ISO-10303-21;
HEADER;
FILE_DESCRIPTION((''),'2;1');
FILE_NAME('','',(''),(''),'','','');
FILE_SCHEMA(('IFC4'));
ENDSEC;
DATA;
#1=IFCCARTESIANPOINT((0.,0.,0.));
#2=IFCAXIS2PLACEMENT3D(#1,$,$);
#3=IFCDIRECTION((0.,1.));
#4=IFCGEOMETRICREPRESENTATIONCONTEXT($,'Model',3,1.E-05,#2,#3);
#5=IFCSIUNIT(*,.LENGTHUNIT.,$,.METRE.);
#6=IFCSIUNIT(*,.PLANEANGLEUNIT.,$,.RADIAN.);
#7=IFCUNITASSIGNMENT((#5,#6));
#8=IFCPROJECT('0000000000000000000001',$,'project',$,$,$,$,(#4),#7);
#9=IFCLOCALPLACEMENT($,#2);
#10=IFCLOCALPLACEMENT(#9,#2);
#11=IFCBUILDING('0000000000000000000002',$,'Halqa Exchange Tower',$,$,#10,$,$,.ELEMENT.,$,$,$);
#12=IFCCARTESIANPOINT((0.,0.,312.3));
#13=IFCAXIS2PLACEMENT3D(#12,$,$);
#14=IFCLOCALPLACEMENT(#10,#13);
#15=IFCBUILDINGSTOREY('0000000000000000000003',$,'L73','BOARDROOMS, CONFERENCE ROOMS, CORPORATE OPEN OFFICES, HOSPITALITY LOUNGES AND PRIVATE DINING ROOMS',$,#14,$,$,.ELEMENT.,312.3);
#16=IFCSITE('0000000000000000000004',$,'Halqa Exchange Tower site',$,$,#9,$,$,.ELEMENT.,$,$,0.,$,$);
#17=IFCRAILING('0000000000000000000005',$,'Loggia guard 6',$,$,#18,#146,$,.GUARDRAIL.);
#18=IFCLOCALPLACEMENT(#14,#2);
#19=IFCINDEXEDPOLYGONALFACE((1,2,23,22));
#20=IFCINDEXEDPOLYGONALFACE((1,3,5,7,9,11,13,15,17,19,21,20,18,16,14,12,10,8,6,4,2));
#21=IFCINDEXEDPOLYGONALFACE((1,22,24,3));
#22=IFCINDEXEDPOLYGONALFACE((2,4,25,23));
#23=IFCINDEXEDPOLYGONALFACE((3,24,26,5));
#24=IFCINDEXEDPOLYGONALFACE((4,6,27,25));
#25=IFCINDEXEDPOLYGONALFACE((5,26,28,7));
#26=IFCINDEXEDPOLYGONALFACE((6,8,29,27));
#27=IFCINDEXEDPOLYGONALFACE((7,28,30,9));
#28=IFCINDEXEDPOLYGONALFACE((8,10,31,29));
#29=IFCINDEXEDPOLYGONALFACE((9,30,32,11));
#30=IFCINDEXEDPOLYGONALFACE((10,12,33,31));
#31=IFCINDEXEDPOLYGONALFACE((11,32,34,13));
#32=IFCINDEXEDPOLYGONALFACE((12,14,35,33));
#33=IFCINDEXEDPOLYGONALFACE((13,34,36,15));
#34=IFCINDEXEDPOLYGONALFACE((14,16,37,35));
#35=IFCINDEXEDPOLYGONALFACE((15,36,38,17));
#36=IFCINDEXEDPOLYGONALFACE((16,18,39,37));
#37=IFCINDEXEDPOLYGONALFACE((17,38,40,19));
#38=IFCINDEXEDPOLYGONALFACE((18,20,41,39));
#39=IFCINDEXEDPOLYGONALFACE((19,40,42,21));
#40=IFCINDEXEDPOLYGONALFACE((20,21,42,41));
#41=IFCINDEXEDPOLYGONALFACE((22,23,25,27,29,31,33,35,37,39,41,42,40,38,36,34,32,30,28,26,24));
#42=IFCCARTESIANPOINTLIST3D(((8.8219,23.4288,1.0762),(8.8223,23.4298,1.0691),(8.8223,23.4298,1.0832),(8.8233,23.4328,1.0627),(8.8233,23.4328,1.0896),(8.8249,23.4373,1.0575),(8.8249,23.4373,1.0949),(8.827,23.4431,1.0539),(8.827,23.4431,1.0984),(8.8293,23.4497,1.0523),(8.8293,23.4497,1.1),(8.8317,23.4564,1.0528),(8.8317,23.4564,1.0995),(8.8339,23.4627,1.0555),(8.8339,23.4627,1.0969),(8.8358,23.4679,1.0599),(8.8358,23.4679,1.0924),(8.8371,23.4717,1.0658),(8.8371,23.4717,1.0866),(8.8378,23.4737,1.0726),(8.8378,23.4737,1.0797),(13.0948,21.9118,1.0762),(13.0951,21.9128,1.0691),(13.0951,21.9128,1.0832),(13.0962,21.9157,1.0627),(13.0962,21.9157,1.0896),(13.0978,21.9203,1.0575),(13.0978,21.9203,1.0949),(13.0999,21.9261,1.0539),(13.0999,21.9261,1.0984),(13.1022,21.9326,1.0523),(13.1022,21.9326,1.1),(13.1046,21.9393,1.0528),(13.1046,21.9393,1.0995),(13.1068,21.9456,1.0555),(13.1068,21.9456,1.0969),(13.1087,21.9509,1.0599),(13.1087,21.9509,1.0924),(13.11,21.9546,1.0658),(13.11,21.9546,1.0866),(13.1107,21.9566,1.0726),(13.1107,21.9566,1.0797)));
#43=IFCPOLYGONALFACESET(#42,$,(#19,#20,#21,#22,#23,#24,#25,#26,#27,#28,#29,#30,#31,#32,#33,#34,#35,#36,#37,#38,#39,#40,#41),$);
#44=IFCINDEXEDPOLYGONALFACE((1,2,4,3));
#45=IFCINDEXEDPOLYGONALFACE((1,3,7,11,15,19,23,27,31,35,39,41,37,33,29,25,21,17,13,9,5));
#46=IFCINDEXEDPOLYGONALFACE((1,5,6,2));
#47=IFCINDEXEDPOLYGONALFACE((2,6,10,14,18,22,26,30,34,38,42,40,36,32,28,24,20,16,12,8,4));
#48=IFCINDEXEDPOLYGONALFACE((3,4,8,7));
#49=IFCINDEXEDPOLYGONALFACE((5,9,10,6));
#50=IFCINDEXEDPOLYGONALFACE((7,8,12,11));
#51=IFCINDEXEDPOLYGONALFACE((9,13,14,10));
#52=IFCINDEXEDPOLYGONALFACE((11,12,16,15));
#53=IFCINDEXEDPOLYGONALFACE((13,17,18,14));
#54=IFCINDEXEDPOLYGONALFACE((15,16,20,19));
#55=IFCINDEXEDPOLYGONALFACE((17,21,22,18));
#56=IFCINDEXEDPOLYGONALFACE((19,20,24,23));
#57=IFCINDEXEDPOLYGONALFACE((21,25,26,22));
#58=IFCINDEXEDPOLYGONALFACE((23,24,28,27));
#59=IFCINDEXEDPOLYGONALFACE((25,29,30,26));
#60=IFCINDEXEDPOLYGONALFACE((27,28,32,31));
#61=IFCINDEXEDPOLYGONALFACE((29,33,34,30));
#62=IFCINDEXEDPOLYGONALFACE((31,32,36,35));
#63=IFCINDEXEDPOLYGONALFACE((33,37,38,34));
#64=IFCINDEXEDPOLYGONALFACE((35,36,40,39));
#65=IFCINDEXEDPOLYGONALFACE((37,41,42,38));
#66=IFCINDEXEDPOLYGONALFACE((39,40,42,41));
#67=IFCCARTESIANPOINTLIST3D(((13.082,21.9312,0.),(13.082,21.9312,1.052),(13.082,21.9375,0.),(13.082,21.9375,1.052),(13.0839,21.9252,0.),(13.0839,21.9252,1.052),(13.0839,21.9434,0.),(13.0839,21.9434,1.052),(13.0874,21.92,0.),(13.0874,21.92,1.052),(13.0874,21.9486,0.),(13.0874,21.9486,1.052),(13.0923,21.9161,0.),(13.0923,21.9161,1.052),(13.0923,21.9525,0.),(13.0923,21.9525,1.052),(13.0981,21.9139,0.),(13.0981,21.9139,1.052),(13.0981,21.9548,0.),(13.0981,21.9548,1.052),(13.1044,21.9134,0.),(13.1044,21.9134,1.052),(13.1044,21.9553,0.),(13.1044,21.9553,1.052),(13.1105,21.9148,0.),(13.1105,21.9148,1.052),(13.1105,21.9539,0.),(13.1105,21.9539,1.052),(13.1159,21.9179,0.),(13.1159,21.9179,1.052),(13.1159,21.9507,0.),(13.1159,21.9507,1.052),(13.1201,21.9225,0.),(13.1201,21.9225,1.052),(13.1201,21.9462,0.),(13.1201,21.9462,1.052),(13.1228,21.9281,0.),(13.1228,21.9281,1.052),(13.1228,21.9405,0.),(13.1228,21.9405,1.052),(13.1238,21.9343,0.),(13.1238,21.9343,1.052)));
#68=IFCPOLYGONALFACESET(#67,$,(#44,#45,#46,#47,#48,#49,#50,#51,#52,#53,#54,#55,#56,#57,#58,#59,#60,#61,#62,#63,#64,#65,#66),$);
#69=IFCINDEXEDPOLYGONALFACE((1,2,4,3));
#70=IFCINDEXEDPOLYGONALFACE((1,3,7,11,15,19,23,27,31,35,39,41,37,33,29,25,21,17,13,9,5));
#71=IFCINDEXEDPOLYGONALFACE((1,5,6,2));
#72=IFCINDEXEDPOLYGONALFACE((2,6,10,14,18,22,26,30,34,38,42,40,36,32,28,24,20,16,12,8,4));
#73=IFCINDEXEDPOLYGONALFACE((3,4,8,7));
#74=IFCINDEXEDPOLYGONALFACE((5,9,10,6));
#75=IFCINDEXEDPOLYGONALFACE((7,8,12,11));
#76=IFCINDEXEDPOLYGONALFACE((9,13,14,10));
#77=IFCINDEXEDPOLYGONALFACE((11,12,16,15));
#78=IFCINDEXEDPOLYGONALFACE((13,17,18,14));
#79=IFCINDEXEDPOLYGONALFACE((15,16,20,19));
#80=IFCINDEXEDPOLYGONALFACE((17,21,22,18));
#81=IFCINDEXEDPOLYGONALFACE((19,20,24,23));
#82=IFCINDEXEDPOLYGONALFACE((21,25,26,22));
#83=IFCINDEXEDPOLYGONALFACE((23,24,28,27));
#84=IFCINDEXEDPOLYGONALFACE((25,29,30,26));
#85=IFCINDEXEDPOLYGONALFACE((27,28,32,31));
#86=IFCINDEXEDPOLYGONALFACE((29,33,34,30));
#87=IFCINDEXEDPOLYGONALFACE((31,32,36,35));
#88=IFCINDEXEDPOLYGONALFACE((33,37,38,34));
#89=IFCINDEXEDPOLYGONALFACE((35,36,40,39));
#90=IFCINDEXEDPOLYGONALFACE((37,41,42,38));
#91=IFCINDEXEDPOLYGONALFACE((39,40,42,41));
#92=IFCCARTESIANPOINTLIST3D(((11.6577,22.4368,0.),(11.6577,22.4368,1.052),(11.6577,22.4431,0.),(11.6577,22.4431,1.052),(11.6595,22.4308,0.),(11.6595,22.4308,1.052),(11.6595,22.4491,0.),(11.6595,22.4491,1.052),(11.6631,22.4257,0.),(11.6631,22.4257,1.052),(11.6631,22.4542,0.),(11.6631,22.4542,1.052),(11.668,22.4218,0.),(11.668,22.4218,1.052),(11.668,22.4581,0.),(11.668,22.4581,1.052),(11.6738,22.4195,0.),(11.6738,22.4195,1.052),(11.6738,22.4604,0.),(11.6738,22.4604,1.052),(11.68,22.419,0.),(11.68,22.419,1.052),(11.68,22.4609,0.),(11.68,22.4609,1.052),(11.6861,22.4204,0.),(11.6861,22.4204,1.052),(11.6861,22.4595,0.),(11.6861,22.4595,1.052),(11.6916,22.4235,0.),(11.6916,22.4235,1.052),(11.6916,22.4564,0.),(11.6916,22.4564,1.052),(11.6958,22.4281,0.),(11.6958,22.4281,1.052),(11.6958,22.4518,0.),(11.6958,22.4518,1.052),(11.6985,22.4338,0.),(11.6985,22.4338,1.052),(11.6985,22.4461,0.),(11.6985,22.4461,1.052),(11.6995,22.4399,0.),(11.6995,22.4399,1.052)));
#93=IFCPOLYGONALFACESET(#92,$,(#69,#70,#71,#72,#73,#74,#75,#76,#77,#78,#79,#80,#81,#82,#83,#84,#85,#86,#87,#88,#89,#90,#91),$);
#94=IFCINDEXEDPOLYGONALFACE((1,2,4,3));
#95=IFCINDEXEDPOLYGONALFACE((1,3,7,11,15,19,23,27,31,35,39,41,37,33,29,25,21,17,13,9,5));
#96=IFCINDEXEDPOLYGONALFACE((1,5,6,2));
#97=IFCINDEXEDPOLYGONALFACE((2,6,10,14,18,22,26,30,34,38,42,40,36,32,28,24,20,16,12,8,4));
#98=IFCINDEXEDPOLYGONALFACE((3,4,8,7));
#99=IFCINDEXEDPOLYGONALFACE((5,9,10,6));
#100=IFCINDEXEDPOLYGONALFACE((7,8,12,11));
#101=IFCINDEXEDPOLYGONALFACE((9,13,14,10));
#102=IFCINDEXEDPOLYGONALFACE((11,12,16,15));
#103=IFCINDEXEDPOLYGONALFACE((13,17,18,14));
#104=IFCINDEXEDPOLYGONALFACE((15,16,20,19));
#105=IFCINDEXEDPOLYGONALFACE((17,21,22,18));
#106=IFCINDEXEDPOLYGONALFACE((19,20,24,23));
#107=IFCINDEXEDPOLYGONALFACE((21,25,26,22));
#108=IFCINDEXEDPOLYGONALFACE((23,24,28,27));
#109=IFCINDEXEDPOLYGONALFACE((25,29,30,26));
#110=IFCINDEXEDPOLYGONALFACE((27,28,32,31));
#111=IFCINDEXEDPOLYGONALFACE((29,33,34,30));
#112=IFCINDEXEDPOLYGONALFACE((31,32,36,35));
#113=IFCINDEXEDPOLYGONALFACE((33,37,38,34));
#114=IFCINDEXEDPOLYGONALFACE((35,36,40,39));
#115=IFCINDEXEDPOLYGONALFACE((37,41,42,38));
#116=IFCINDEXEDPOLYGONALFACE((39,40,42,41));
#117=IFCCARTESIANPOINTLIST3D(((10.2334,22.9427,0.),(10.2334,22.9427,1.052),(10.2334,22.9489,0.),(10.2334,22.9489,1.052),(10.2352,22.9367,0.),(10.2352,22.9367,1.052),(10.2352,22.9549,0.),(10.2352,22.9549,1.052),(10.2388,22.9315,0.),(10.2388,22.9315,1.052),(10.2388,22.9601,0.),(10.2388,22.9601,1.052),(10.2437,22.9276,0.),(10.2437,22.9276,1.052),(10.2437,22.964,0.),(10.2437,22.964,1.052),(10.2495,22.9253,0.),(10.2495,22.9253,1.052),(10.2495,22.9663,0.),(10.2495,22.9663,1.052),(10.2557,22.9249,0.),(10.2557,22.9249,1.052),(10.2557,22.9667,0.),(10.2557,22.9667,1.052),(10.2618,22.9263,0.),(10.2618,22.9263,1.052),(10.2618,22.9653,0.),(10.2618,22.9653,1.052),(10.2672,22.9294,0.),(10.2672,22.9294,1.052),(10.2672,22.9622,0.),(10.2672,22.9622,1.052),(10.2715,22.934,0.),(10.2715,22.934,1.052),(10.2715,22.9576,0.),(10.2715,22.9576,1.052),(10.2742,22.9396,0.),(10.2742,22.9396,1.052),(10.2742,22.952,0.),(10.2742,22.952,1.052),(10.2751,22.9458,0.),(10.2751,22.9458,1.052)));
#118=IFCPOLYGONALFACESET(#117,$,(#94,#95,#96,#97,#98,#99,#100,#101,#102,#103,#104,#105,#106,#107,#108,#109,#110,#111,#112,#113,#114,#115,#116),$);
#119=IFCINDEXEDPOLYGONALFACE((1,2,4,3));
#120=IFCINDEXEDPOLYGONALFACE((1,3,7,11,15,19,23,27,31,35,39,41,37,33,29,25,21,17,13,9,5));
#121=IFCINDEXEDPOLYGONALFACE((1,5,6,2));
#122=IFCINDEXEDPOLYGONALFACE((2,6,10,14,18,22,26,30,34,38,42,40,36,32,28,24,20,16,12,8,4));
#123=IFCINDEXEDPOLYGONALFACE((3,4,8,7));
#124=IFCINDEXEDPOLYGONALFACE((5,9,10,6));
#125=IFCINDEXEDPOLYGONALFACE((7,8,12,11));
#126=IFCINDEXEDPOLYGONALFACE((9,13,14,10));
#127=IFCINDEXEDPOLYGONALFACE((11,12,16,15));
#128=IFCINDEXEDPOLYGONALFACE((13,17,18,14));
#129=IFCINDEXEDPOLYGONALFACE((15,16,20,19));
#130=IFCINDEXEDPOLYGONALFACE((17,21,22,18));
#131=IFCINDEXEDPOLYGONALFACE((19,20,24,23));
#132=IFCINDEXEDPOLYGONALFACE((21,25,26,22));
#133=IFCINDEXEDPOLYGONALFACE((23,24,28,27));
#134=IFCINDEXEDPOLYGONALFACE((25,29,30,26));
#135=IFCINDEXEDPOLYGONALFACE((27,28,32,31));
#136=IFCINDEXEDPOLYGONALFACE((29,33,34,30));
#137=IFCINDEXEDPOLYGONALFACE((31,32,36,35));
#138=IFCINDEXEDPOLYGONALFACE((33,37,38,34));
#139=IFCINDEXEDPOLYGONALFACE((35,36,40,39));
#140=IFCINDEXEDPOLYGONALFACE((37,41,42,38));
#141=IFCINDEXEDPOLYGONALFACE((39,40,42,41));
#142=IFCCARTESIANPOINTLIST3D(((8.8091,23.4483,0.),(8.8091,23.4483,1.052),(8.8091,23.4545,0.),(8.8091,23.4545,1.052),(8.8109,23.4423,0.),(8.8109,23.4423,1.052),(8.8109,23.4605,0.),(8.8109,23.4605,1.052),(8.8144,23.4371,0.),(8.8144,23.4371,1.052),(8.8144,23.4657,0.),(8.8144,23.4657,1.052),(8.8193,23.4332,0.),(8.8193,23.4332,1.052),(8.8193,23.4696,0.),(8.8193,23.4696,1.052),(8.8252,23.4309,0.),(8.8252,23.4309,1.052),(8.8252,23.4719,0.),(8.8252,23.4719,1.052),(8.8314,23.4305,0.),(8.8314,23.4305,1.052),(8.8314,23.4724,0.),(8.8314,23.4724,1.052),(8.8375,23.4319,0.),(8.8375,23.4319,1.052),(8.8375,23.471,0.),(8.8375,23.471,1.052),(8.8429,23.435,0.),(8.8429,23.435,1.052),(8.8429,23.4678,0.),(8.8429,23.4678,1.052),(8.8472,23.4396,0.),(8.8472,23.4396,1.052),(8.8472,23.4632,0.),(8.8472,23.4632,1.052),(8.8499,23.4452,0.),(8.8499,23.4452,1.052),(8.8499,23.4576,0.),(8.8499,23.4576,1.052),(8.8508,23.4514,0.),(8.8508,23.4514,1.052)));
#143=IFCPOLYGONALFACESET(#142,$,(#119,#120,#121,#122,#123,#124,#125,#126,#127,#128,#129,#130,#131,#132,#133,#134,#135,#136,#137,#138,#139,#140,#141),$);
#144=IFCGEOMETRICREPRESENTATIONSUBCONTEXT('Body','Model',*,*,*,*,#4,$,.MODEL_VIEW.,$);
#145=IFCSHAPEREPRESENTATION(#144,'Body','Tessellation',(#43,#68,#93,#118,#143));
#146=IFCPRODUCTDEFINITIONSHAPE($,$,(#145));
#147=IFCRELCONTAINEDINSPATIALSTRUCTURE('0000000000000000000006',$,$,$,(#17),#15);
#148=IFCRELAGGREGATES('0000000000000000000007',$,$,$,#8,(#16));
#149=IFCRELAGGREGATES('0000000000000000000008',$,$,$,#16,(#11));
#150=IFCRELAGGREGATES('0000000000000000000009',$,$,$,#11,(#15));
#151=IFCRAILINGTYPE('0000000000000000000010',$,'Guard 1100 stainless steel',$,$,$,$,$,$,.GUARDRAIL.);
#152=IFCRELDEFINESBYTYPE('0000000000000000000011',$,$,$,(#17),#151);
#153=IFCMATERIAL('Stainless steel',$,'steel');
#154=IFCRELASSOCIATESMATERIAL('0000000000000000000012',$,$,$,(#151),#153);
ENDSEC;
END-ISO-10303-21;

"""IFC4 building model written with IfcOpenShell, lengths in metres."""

from ifc_helpers import new_model, si_unit, direction, frame, origin, origin_2d, place, context, subcontext, project, spatial, circle, extrude, material, type_object, element, save


model = new_model("IFC4")

# Units and contexts
model_context = context("Model", 3, precision=1e-05, world=origin(), true_north=direction((0.0, 1.0)))
body_context = subcontext(model_context, "Body", "Model", "MODEL_VIEW")
ifc_project = project(units=[si_unit("LENGTHUNIT", "METRE"), si_unit("PLANEANGLEUNIT", "RADIAN")], contexts=[model_context])

# Site, building, storey
site_placement = place(None, origin())
site = spatial("IfcSite", under=ifc_project, at=site_placement, Name="Halqa Exchange Tower site", CompositionType="ELEMENT", RefElevation=0.0)
building_placement = place(site_placement, origin())
building = spatial("IfcBuilding", under=site, at=building_placement, Name="Halqa Exchange Tower", CompositionType="ELEMENT")
storey_placement = place(building_placement, frame((0.0, 0.0, 312.3)))
storey = spatial("IfcBuildingStorey", under=building, at=storey_placement, Name="L73", Description="BOARDROOMS, CONFERENCE ROOMS, CORPORATE OPEN OFFICES, HOSPITALITY LOUNGES AND PRIVATE DINING ROOMS", CompositionType="ELEMENT", Elevation=312.3)

# Railing
ifc_material_1 = material(Name="Stainless steel", Category="steel")
railing_type = type_object("IfcRailingType", Name="Guard 1100 stainless steel", PredefinedType="GUARDRAIL", material=ifc_material_1)
railing_1_placement = place(storey_placement, frame((13.1028, 21.9343, 0.0)))
element("IfcRailing", 1, at=railing_1_placement, inside=storey, type_object=railing_type, Name="Loggia guard 6", PredefinedType="GUARDRAIL", context=body_context, shape_type="SweptSolid", body=[
    extrude(circle(Radius=0.0239, at=origin_2d()), frame((0.0, 0.0, 1.0762), z_axis=(-0.942366, 0.334583, 0.0), x_axis=(-0.334583, -0.942366, 0.0)), (0.0, 0.0, 1.0), 4.5342),
    extrude(circle(Radius=0.021, at=origin_2d()), origin(), (0.0, 0.0, 1.0), 1.052),
    extrude(circle(Radius=0.021, at=origin_2d()), frame((-1.4243, 0.5056, 0.0)), (0.0, 0.0, 1.0), 1.052),
    extrude(circle(Radius=0.021, at=origin_2d()), frame((-2.8486, 1.0115, 0.0)), (0.0, 0.0, 1.0), 1.052),
    extrude(circle(Radius=0.021, at=origin_2d()), frame((-4.2729, 1.5171, 0.0)), (0.0, 0.0, 1.0), 1.052),
])

save(model, "model.ifc")
